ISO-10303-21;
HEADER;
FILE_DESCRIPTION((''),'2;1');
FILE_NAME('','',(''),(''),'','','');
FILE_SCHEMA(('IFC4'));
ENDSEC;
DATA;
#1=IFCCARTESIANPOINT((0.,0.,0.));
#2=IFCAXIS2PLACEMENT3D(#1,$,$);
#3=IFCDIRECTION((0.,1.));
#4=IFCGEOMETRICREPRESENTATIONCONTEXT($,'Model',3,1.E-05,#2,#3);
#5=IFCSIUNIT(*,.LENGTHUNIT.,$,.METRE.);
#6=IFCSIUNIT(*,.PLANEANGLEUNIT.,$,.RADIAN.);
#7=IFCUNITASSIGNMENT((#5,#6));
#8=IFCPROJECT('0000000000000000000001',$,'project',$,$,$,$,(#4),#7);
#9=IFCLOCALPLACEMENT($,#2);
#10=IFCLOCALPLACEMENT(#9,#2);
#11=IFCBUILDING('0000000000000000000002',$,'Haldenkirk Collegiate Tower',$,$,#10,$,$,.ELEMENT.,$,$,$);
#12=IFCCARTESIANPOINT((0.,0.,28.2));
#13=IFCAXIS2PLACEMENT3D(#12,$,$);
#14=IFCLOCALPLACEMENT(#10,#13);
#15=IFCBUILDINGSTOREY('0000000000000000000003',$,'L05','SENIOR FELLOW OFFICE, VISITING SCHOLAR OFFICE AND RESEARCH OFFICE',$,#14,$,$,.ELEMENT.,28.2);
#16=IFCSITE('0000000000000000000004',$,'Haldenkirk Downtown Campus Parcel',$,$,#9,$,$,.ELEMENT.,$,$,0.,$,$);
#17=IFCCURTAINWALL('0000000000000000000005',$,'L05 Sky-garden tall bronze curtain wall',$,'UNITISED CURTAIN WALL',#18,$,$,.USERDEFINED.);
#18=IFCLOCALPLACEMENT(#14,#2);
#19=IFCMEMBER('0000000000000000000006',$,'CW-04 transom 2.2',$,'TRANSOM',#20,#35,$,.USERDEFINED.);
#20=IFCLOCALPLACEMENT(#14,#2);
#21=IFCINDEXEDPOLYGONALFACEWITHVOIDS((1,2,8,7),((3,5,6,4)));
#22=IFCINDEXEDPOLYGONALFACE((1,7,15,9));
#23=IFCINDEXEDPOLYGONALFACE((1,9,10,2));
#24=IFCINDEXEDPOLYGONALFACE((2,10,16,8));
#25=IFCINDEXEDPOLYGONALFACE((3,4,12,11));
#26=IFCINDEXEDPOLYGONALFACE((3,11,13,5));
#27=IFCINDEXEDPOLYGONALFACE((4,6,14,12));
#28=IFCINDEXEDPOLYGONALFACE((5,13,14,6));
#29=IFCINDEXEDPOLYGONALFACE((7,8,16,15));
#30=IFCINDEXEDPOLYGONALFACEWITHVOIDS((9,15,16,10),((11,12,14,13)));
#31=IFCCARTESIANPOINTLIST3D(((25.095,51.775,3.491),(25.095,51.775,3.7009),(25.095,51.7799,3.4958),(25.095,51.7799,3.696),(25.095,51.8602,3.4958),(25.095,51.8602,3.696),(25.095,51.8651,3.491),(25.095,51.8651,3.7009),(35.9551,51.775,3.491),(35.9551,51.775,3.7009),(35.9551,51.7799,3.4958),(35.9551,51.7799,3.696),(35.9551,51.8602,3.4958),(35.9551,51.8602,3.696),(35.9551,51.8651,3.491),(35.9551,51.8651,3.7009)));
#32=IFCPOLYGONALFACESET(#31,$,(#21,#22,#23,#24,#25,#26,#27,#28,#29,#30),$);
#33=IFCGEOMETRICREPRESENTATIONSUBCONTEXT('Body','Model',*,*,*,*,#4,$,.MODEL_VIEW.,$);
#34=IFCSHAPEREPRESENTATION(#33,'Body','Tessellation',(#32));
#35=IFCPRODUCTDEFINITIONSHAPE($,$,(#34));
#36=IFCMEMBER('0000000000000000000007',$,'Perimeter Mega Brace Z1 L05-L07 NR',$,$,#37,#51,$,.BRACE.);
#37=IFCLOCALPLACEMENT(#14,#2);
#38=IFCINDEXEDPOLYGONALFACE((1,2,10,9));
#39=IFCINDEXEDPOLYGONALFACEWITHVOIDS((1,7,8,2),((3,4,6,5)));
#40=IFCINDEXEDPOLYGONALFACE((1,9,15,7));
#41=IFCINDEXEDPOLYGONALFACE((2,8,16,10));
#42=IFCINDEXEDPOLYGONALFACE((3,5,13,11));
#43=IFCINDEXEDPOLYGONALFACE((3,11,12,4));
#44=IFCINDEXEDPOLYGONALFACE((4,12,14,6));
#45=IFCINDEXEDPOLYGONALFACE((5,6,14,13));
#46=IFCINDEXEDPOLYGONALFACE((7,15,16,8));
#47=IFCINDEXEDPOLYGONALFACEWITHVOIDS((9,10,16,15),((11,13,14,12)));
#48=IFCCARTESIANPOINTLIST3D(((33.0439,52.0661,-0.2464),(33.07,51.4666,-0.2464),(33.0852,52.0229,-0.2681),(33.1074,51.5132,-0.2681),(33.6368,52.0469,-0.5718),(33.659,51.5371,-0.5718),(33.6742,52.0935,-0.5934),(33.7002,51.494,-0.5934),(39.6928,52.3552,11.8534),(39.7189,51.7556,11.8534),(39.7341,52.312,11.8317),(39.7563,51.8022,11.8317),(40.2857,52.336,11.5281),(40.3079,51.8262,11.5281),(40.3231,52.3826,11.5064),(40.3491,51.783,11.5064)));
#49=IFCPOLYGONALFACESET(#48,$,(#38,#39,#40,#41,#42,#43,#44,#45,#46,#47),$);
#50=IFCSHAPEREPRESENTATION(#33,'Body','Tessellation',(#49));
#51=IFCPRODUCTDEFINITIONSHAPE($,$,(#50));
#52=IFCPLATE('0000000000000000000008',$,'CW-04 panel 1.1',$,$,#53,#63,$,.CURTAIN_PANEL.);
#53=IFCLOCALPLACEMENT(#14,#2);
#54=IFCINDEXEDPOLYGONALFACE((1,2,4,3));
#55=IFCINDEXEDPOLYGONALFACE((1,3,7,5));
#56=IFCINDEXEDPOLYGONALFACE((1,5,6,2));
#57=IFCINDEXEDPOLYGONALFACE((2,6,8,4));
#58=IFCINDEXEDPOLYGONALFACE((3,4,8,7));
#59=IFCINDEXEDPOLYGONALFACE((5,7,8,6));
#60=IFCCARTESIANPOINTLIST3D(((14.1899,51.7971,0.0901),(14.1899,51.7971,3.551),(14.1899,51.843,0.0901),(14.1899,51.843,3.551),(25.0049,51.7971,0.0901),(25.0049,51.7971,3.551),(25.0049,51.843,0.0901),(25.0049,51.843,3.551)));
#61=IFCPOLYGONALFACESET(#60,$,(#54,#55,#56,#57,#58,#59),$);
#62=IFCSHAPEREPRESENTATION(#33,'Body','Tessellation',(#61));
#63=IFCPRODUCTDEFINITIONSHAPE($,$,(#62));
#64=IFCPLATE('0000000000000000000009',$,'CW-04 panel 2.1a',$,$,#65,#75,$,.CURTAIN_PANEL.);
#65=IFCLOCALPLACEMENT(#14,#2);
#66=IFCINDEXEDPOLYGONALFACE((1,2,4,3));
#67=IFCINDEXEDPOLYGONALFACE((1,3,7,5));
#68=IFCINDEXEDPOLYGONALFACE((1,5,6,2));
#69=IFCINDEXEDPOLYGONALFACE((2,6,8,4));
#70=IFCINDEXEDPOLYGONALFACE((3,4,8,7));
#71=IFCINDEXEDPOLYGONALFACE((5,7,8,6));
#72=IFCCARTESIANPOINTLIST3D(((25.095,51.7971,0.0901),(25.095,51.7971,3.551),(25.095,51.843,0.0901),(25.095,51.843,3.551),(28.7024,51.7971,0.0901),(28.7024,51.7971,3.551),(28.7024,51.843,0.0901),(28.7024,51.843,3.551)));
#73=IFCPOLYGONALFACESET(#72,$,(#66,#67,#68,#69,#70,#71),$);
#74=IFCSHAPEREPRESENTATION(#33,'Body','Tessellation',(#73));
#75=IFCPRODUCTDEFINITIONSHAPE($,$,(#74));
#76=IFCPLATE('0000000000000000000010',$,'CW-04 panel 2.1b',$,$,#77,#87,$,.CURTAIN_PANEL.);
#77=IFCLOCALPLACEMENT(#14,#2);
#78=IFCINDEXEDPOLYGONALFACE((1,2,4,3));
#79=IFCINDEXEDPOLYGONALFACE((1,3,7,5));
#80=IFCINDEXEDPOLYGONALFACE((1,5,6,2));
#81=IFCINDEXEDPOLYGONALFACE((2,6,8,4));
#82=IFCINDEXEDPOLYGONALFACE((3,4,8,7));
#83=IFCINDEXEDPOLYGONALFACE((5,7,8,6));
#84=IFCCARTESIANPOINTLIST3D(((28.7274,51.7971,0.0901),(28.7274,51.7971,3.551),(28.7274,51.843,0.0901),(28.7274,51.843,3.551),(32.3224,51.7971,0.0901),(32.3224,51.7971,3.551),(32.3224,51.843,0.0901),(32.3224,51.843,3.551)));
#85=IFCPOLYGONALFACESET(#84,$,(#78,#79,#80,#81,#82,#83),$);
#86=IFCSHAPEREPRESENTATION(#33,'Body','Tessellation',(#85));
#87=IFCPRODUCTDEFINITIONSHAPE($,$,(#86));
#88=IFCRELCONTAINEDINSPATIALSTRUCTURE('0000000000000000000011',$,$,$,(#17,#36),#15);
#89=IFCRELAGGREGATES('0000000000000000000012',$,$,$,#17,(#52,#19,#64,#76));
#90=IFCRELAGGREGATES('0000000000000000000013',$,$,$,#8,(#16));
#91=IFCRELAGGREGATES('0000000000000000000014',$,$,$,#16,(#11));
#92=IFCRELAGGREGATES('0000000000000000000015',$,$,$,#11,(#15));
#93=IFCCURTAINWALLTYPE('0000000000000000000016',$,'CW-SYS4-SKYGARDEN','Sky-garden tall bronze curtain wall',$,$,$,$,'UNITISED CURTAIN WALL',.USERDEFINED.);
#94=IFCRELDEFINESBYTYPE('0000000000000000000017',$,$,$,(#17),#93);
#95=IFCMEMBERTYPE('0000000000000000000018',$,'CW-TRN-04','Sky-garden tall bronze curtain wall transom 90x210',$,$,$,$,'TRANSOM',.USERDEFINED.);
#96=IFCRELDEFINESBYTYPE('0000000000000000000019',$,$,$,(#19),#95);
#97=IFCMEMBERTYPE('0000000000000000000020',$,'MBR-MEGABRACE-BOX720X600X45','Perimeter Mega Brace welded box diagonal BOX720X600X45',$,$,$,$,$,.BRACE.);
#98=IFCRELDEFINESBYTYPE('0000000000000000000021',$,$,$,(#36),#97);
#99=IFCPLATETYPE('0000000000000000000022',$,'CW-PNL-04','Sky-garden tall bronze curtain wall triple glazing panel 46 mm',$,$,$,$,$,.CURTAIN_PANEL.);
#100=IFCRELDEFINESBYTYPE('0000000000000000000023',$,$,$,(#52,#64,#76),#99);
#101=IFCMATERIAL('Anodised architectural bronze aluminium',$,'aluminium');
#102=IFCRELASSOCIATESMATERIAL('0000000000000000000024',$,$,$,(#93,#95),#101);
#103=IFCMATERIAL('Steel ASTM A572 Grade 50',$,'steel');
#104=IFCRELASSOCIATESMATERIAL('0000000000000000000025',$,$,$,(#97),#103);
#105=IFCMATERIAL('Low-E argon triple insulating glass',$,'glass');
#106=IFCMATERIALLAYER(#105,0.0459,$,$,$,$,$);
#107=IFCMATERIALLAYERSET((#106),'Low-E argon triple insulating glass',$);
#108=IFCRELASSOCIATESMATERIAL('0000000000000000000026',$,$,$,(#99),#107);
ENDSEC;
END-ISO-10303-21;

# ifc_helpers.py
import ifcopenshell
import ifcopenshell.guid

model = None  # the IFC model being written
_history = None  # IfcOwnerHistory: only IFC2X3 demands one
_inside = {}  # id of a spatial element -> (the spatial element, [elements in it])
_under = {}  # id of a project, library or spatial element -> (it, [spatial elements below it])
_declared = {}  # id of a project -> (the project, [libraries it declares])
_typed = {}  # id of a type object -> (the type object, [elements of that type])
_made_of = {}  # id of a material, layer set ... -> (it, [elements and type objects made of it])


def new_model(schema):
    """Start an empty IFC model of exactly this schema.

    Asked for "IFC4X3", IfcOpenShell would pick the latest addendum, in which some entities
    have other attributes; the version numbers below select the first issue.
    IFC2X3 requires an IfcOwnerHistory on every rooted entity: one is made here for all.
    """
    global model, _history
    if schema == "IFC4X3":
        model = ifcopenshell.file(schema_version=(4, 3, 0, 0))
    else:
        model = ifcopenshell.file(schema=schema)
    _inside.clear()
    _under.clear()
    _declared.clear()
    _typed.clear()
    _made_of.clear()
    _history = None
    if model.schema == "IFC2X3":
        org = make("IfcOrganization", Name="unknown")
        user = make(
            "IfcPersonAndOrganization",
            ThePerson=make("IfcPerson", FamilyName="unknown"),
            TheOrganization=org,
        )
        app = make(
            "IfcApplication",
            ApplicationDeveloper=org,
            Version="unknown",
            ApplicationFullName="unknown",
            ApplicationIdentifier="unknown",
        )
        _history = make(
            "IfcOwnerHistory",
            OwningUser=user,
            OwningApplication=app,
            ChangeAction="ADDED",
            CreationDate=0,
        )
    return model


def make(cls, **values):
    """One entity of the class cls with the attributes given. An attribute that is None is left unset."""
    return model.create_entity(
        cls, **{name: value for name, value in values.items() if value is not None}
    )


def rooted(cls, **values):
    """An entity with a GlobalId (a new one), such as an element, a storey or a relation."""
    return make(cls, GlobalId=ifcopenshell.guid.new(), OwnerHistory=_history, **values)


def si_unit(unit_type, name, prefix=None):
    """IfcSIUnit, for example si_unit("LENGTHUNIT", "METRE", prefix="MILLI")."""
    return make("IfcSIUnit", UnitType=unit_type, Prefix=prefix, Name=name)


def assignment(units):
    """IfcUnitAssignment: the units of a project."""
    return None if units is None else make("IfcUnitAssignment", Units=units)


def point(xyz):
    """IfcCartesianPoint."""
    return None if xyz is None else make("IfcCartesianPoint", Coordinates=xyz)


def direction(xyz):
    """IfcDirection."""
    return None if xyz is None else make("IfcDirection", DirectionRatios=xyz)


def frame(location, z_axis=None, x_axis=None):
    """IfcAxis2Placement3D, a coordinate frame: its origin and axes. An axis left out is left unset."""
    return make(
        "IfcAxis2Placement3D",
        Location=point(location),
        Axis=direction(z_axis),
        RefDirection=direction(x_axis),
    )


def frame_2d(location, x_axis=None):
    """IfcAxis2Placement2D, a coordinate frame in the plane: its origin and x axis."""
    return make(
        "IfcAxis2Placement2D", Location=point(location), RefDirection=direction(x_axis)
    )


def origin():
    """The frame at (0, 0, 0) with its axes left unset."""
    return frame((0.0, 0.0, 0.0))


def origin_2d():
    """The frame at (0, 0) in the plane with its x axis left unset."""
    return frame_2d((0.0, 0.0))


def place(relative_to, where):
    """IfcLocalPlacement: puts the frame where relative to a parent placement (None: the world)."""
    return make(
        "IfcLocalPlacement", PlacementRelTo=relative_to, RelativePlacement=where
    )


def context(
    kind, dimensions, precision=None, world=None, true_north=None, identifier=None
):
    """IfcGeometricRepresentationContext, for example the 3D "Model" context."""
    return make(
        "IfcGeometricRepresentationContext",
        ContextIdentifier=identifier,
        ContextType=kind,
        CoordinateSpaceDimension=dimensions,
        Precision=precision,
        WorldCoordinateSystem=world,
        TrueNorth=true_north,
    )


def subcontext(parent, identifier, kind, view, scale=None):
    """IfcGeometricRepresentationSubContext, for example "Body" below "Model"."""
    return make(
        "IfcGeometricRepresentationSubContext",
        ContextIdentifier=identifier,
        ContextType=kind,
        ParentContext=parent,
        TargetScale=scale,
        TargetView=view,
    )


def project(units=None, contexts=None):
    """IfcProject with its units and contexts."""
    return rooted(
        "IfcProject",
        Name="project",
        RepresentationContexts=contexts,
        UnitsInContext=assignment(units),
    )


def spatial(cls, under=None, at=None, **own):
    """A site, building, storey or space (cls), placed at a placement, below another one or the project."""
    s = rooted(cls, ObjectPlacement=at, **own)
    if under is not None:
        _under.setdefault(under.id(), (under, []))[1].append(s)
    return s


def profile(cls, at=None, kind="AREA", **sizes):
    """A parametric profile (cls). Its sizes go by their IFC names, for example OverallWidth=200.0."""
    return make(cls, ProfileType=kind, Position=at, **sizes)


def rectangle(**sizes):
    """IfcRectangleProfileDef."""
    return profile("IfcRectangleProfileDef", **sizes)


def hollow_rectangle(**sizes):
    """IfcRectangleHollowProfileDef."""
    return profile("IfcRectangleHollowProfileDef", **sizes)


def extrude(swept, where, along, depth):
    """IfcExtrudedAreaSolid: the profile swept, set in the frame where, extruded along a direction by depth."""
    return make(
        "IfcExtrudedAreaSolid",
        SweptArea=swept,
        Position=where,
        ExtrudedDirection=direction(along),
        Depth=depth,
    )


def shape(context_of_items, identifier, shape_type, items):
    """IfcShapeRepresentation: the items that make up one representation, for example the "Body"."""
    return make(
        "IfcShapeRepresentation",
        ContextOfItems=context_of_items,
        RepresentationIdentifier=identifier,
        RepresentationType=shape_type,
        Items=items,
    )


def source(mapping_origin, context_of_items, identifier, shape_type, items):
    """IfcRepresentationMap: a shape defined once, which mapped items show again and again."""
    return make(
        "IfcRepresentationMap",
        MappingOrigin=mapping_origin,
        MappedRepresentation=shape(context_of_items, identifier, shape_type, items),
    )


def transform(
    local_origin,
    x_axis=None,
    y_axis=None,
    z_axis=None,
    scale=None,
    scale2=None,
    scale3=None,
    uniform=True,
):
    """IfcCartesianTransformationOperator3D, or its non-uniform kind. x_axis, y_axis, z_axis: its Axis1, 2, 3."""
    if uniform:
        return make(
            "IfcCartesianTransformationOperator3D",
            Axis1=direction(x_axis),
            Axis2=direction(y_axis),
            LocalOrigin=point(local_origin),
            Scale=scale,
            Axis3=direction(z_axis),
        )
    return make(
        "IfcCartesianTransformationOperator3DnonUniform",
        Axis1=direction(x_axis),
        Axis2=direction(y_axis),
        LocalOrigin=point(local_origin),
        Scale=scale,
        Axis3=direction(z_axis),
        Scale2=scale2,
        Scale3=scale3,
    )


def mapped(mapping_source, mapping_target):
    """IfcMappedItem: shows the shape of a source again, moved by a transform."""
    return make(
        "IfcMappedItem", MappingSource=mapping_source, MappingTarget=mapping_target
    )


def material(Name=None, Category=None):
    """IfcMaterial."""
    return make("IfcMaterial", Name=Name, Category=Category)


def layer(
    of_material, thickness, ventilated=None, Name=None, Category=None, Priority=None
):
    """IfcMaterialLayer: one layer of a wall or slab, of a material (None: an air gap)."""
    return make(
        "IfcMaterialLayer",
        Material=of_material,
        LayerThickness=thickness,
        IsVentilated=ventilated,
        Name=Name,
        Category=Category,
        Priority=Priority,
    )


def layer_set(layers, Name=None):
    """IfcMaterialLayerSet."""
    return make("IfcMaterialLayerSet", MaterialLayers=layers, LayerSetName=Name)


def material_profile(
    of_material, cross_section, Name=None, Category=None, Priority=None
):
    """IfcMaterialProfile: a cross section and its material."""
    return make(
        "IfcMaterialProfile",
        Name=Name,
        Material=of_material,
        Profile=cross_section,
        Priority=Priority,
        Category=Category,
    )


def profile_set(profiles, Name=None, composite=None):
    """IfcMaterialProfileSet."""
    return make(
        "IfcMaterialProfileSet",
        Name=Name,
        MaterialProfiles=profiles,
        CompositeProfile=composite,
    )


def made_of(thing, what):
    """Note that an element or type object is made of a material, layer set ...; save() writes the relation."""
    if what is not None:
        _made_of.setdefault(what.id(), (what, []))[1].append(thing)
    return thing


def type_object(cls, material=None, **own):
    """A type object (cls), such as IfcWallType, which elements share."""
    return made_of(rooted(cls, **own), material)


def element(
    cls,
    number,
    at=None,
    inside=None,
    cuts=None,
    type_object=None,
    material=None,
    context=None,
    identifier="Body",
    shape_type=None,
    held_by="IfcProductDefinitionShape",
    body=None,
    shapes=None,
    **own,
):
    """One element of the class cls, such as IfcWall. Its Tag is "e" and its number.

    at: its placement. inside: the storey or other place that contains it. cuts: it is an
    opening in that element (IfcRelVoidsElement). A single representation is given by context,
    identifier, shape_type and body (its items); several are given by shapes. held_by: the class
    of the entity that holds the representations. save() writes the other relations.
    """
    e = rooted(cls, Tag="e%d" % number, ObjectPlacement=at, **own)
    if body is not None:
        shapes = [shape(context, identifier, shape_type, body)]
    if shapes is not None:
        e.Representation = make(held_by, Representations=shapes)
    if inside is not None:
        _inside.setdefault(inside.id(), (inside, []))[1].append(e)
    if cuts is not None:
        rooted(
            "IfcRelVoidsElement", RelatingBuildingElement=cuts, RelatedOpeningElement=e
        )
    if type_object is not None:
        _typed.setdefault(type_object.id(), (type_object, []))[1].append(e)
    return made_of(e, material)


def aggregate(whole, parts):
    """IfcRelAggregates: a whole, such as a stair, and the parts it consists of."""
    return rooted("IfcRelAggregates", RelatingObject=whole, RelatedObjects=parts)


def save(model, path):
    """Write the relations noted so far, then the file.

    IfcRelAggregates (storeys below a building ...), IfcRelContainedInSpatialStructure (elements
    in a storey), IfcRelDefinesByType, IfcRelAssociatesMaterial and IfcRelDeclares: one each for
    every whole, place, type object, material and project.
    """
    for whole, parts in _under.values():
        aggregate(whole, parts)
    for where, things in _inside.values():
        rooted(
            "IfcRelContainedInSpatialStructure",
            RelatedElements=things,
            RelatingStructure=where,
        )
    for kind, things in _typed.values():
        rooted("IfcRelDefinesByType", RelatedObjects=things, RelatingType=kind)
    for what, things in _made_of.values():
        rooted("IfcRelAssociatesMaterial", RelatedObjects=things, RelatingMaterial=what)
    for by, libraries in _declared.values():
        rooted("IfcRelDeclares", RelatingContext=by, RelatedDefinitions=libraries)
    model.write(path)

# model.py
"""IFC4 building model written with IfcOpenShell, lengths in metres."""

from ifc_helpers import new_model, si_unit, direction, frame, origin, origin_2d, place, context, subcontext, project, spatial, rectangle, hollow_rectangle, extrude, source, transform, mapped, material, layer, layer_set, material_profile, profile_set, type_object, element, aggregate, save


model = new_model("IFC4")

# Units and contexts
model_context = context("Model", 3, precision=1e-05, world=origin(), true_north=direction((0.0, 1.0)))
body_context = subcontext(model_context, "Body", "Model", "MODEL_VIEW")
ifc_project = project(units=[si_unit("LENGTHUNIT", "METRE"), si_unit("PLANEANGLEUNIT", "RADIAN")], contexts=[model_context])

# Site, building, storey
site_placement = place(None, origin())
site = spatial("IfcSite", under=ifc_project, at=site_placement, Name="Haldenkirk Downtown Campus Parcel", CompositionType="ELEMENT", RefElevation=0.0)
building_placement = place(site_placement, origin())
building = spatial("IfcBuilding", under=site, at=building_placement, Name="Haldenkirk Collegiate Tower", CompositionType="ELEMENT")
storey_placement = place(building_placement, frame((0.0, 0.0, 28.2)))
storey = spatial("IfcBuildingStorey", under=building, at=storey_placement, Name="L05", Description="SENIOR FELLOW OFFICE, VISITING SCHOLAR OFFICE AND RESEARCH OFFICE", CompositionType="ELEMENT", Elevation=28.2)

# Curtain wall, member
ifc_material_1 = material(Name="Anodised architectural bronze aluminium", Category="aluminium")
curtain_wall_type = type_object("IfcCurtainWallType", Name="CW-SYS4-SKYGARDEN", Description="Sky-garden tall bronze curtain wall", ElementType="UNITISED CURTAIN WALL", PredefinedType="USERDEFINED", material=ifc_material_1)
curtain_wall_placement = place(storey_placement, origin())
curtain_wall = element("IfcCurtainWall", 1, at=curtain_wall_placement, inside=storey, type_object=curtain_wall_type, Name="L05 Sky-garden tall bronze curtain wall", ObjectType="UNITISED CURTAIN WALL", PredefinedType="USERDEFINED")
ifc_material_profile_1 = material_profile(ifc_material_1, hollow_rectangle(XDim=0.0901, YDim=0.21, WallThickness=0.0049, at=origin_2d()), Name="CW-TRN-04")
ifc_profile_set_1 = profile_set([ifc_material_profile_1], Name="Anodised architectural bronze aluminium")
member_type_1 = type_object("IfcMemberType", Name="CW-TRN-04", Description="Sky-garden tall bronze curtain wall transom 90x210", ElementType="TRANSOM", PredefinedType="USERDEFINED", material=ifc_profile_set_1)
member_1_placement = place(storey_placement, frame((25.095, 51.8201, 3.5959), z_axis=(1.0, 0.0, 0.0), x_axis=(0.0, 1.0, 0.0)))
member_1 = element("IfcMember", 2, at=member_1_placement, type_object=member_type_1, Name="CW-04 transom 2.2", ObjectType="TRANSOM", PredefinedType="USERDEFINED", context=body_context, shape_type="SweptSolid", body=[
    extrude(hollow_rectangle(XDim=0.0901, YDim=0.21, WallThickness=0.0049, at=origin_2d()), origin(), (0.0, 0.0, 1.0), 10.8601),
])

# Member
ifc_material_2 = material(Name="Steel ASTM A572 Grade 50", Category="steel")
ifc_material_profile_2 = material_profile(ifc_material_2, hollow_rectangle(XDim=0.6001, YDim=0.72, WallThickness=0.0449, at=origin_2d()), Name="BOX720X600X45")
ifc_profile_set_2 = profile_set([ifc_material_profile_2], Name="Steel ASTM A572 Grade 50")
member_type_2 = type_object("IfcMemberType", Name="MBR-MEGABRACE-BOX720X600X45", Description="Perimeter Mega Brace welded box diagonal BOX720X600X45", PredefinedType="BRACE", material=ifc_profile_set_2)
member_2_placement = place(storey_placement, frame((33.3721, 51.78, -0.4199), z_axis=(0.48148, 0.020932, 0.876207), x_axis=(-0.043434, 0.999056, 0.0)))
element("IfcMember", 3, at=member_2_placement, inside=storey, type_object=member_type_2, Name="Perimeter Mega Brace Z1 L05-L07 NR", PredefinedType="BRACE", context=body_context, shape_type="SweptSolid", body=[
    extrude(hollow_rectangle(XDim=0.6001, YDim=0.72, WallThickness=0.0449, at=origin_2d()), origin(), (0.0, 0.0, 1.0), 13.8093),
])

# Plates
ifc_material_3 = material(Name="Low-E argon triple insulating glass", Category="glass")
ifc_layer_1 = layer(ifc_material_3, 0.0459)
ifc_layer_set_1 = layer_set([ifc_layer_1], Name="Low-E argon triple insulating glass")
plate_type = type_object("IfcPlateType", Name="CW-PNL-04", Description="Sky-garden tall bronze curtain wall triple glazing panel 46 mm", PredefinedType="CURTAIN_PANEL", material=ifc_layer_set_1)
shared_shape_1 = source(origin(), body_context, "Body", "SweptSolid", [
    extrude(rectangle(XDim=10.8149, YDim=0.0459, at=origin_2d()), origin(), (0.0, 0.0, 1.0), 3.4609),
])
plate_1_placement = place(storey_placement, frame((19.5974, 51.8201, 0.0901), z_axis=(0.0, 0.0, 1.0), x_axis=(1.0, 0.0, 0.0)))
plate_1 = element("IfcPlate", 4, at=plate_1_placement, type_object=plate_type, Name="CW-04 panel 1.1", PredefinedType="CURTAIN_PANEL", context=body_context, shape_type="MappedRepresentation", body=[
    mapped(shared_shape_1, transform((0.0, 0.0, 0.0), x_axis=(1.0, 0.0, 0.0), y_axis=(0.0, 1.0, 0.0), z_axis=(0.0, 0.0, 1.0), scale=1.0)),
])
shared_shape_2 = source(origin(), body_context, "Body", "SweptSolid", [
    extrude(rectangle(XDim=3.6074, YDim=0.0459, at=origin_2d()), origin(), (0.0, 0.0, 1.0), 3.4609),
])
plate_2_placement = place(storey_placement, frame((26.8987, 51.8201, 0.0901), z_axis=(0.0, 0.0, 1.0), x_axis=(1.0, 0.0, 0.0)))
plate_2 = element("IfcPlate", 5, at=plate_2_placement, type_object=plate_type, Name="CW-04 panel 2.1a", PredefinedType="CURTAIN_PANEL", context=body_context, shape_type="MappedRepresentation", body=[
    mapped(shared_shape_2, transform((0.0, 0.0, 0.0), x_axis=(1.0, 0.0, 0.0), y_axis=(0.0, 1.0, 0.0), z_axis=(0.0, 0.0, 1.0), scale=1.0)),
])
shared_shape_3 = source(origin(), body_context, "Body", "SweptSolid", [
    extrude(rectangle(XDim=3.595, YDim=0.0459, at=origin_2d()), origin(), (0.0, 0.0, 1.0), 3.4609),
])
plate_3_placement = place(storey_placement, frame((30.5249, 51.8201, 0.0901), z_axis=(0.0, 0.0, 1.0), x_axis=(1.0, 0.0, 0.0)))
plate_3 = element("IfcPlate", 6, at=plate_3_placement, type_object=plate_type, Name="CW-04 panel 2.1b", PredefinedType="CURTAIN_PANEL", context=body_context, shape_type="MappedRepresentation", body=[
    mapped(shared_shape_3, transform((0.0, 0.0, 0.0), x_axis=(1.0, 0.0, 0.0), y_axis=(0.0, 1.0, 0.0), z_axis=(0.0, 0.0, 1.0), scale=1.0)),
])
aggregate(curtain_wall, [plate_1, member_1, plate_2, plate_3])

save(model, "model.ifc")
